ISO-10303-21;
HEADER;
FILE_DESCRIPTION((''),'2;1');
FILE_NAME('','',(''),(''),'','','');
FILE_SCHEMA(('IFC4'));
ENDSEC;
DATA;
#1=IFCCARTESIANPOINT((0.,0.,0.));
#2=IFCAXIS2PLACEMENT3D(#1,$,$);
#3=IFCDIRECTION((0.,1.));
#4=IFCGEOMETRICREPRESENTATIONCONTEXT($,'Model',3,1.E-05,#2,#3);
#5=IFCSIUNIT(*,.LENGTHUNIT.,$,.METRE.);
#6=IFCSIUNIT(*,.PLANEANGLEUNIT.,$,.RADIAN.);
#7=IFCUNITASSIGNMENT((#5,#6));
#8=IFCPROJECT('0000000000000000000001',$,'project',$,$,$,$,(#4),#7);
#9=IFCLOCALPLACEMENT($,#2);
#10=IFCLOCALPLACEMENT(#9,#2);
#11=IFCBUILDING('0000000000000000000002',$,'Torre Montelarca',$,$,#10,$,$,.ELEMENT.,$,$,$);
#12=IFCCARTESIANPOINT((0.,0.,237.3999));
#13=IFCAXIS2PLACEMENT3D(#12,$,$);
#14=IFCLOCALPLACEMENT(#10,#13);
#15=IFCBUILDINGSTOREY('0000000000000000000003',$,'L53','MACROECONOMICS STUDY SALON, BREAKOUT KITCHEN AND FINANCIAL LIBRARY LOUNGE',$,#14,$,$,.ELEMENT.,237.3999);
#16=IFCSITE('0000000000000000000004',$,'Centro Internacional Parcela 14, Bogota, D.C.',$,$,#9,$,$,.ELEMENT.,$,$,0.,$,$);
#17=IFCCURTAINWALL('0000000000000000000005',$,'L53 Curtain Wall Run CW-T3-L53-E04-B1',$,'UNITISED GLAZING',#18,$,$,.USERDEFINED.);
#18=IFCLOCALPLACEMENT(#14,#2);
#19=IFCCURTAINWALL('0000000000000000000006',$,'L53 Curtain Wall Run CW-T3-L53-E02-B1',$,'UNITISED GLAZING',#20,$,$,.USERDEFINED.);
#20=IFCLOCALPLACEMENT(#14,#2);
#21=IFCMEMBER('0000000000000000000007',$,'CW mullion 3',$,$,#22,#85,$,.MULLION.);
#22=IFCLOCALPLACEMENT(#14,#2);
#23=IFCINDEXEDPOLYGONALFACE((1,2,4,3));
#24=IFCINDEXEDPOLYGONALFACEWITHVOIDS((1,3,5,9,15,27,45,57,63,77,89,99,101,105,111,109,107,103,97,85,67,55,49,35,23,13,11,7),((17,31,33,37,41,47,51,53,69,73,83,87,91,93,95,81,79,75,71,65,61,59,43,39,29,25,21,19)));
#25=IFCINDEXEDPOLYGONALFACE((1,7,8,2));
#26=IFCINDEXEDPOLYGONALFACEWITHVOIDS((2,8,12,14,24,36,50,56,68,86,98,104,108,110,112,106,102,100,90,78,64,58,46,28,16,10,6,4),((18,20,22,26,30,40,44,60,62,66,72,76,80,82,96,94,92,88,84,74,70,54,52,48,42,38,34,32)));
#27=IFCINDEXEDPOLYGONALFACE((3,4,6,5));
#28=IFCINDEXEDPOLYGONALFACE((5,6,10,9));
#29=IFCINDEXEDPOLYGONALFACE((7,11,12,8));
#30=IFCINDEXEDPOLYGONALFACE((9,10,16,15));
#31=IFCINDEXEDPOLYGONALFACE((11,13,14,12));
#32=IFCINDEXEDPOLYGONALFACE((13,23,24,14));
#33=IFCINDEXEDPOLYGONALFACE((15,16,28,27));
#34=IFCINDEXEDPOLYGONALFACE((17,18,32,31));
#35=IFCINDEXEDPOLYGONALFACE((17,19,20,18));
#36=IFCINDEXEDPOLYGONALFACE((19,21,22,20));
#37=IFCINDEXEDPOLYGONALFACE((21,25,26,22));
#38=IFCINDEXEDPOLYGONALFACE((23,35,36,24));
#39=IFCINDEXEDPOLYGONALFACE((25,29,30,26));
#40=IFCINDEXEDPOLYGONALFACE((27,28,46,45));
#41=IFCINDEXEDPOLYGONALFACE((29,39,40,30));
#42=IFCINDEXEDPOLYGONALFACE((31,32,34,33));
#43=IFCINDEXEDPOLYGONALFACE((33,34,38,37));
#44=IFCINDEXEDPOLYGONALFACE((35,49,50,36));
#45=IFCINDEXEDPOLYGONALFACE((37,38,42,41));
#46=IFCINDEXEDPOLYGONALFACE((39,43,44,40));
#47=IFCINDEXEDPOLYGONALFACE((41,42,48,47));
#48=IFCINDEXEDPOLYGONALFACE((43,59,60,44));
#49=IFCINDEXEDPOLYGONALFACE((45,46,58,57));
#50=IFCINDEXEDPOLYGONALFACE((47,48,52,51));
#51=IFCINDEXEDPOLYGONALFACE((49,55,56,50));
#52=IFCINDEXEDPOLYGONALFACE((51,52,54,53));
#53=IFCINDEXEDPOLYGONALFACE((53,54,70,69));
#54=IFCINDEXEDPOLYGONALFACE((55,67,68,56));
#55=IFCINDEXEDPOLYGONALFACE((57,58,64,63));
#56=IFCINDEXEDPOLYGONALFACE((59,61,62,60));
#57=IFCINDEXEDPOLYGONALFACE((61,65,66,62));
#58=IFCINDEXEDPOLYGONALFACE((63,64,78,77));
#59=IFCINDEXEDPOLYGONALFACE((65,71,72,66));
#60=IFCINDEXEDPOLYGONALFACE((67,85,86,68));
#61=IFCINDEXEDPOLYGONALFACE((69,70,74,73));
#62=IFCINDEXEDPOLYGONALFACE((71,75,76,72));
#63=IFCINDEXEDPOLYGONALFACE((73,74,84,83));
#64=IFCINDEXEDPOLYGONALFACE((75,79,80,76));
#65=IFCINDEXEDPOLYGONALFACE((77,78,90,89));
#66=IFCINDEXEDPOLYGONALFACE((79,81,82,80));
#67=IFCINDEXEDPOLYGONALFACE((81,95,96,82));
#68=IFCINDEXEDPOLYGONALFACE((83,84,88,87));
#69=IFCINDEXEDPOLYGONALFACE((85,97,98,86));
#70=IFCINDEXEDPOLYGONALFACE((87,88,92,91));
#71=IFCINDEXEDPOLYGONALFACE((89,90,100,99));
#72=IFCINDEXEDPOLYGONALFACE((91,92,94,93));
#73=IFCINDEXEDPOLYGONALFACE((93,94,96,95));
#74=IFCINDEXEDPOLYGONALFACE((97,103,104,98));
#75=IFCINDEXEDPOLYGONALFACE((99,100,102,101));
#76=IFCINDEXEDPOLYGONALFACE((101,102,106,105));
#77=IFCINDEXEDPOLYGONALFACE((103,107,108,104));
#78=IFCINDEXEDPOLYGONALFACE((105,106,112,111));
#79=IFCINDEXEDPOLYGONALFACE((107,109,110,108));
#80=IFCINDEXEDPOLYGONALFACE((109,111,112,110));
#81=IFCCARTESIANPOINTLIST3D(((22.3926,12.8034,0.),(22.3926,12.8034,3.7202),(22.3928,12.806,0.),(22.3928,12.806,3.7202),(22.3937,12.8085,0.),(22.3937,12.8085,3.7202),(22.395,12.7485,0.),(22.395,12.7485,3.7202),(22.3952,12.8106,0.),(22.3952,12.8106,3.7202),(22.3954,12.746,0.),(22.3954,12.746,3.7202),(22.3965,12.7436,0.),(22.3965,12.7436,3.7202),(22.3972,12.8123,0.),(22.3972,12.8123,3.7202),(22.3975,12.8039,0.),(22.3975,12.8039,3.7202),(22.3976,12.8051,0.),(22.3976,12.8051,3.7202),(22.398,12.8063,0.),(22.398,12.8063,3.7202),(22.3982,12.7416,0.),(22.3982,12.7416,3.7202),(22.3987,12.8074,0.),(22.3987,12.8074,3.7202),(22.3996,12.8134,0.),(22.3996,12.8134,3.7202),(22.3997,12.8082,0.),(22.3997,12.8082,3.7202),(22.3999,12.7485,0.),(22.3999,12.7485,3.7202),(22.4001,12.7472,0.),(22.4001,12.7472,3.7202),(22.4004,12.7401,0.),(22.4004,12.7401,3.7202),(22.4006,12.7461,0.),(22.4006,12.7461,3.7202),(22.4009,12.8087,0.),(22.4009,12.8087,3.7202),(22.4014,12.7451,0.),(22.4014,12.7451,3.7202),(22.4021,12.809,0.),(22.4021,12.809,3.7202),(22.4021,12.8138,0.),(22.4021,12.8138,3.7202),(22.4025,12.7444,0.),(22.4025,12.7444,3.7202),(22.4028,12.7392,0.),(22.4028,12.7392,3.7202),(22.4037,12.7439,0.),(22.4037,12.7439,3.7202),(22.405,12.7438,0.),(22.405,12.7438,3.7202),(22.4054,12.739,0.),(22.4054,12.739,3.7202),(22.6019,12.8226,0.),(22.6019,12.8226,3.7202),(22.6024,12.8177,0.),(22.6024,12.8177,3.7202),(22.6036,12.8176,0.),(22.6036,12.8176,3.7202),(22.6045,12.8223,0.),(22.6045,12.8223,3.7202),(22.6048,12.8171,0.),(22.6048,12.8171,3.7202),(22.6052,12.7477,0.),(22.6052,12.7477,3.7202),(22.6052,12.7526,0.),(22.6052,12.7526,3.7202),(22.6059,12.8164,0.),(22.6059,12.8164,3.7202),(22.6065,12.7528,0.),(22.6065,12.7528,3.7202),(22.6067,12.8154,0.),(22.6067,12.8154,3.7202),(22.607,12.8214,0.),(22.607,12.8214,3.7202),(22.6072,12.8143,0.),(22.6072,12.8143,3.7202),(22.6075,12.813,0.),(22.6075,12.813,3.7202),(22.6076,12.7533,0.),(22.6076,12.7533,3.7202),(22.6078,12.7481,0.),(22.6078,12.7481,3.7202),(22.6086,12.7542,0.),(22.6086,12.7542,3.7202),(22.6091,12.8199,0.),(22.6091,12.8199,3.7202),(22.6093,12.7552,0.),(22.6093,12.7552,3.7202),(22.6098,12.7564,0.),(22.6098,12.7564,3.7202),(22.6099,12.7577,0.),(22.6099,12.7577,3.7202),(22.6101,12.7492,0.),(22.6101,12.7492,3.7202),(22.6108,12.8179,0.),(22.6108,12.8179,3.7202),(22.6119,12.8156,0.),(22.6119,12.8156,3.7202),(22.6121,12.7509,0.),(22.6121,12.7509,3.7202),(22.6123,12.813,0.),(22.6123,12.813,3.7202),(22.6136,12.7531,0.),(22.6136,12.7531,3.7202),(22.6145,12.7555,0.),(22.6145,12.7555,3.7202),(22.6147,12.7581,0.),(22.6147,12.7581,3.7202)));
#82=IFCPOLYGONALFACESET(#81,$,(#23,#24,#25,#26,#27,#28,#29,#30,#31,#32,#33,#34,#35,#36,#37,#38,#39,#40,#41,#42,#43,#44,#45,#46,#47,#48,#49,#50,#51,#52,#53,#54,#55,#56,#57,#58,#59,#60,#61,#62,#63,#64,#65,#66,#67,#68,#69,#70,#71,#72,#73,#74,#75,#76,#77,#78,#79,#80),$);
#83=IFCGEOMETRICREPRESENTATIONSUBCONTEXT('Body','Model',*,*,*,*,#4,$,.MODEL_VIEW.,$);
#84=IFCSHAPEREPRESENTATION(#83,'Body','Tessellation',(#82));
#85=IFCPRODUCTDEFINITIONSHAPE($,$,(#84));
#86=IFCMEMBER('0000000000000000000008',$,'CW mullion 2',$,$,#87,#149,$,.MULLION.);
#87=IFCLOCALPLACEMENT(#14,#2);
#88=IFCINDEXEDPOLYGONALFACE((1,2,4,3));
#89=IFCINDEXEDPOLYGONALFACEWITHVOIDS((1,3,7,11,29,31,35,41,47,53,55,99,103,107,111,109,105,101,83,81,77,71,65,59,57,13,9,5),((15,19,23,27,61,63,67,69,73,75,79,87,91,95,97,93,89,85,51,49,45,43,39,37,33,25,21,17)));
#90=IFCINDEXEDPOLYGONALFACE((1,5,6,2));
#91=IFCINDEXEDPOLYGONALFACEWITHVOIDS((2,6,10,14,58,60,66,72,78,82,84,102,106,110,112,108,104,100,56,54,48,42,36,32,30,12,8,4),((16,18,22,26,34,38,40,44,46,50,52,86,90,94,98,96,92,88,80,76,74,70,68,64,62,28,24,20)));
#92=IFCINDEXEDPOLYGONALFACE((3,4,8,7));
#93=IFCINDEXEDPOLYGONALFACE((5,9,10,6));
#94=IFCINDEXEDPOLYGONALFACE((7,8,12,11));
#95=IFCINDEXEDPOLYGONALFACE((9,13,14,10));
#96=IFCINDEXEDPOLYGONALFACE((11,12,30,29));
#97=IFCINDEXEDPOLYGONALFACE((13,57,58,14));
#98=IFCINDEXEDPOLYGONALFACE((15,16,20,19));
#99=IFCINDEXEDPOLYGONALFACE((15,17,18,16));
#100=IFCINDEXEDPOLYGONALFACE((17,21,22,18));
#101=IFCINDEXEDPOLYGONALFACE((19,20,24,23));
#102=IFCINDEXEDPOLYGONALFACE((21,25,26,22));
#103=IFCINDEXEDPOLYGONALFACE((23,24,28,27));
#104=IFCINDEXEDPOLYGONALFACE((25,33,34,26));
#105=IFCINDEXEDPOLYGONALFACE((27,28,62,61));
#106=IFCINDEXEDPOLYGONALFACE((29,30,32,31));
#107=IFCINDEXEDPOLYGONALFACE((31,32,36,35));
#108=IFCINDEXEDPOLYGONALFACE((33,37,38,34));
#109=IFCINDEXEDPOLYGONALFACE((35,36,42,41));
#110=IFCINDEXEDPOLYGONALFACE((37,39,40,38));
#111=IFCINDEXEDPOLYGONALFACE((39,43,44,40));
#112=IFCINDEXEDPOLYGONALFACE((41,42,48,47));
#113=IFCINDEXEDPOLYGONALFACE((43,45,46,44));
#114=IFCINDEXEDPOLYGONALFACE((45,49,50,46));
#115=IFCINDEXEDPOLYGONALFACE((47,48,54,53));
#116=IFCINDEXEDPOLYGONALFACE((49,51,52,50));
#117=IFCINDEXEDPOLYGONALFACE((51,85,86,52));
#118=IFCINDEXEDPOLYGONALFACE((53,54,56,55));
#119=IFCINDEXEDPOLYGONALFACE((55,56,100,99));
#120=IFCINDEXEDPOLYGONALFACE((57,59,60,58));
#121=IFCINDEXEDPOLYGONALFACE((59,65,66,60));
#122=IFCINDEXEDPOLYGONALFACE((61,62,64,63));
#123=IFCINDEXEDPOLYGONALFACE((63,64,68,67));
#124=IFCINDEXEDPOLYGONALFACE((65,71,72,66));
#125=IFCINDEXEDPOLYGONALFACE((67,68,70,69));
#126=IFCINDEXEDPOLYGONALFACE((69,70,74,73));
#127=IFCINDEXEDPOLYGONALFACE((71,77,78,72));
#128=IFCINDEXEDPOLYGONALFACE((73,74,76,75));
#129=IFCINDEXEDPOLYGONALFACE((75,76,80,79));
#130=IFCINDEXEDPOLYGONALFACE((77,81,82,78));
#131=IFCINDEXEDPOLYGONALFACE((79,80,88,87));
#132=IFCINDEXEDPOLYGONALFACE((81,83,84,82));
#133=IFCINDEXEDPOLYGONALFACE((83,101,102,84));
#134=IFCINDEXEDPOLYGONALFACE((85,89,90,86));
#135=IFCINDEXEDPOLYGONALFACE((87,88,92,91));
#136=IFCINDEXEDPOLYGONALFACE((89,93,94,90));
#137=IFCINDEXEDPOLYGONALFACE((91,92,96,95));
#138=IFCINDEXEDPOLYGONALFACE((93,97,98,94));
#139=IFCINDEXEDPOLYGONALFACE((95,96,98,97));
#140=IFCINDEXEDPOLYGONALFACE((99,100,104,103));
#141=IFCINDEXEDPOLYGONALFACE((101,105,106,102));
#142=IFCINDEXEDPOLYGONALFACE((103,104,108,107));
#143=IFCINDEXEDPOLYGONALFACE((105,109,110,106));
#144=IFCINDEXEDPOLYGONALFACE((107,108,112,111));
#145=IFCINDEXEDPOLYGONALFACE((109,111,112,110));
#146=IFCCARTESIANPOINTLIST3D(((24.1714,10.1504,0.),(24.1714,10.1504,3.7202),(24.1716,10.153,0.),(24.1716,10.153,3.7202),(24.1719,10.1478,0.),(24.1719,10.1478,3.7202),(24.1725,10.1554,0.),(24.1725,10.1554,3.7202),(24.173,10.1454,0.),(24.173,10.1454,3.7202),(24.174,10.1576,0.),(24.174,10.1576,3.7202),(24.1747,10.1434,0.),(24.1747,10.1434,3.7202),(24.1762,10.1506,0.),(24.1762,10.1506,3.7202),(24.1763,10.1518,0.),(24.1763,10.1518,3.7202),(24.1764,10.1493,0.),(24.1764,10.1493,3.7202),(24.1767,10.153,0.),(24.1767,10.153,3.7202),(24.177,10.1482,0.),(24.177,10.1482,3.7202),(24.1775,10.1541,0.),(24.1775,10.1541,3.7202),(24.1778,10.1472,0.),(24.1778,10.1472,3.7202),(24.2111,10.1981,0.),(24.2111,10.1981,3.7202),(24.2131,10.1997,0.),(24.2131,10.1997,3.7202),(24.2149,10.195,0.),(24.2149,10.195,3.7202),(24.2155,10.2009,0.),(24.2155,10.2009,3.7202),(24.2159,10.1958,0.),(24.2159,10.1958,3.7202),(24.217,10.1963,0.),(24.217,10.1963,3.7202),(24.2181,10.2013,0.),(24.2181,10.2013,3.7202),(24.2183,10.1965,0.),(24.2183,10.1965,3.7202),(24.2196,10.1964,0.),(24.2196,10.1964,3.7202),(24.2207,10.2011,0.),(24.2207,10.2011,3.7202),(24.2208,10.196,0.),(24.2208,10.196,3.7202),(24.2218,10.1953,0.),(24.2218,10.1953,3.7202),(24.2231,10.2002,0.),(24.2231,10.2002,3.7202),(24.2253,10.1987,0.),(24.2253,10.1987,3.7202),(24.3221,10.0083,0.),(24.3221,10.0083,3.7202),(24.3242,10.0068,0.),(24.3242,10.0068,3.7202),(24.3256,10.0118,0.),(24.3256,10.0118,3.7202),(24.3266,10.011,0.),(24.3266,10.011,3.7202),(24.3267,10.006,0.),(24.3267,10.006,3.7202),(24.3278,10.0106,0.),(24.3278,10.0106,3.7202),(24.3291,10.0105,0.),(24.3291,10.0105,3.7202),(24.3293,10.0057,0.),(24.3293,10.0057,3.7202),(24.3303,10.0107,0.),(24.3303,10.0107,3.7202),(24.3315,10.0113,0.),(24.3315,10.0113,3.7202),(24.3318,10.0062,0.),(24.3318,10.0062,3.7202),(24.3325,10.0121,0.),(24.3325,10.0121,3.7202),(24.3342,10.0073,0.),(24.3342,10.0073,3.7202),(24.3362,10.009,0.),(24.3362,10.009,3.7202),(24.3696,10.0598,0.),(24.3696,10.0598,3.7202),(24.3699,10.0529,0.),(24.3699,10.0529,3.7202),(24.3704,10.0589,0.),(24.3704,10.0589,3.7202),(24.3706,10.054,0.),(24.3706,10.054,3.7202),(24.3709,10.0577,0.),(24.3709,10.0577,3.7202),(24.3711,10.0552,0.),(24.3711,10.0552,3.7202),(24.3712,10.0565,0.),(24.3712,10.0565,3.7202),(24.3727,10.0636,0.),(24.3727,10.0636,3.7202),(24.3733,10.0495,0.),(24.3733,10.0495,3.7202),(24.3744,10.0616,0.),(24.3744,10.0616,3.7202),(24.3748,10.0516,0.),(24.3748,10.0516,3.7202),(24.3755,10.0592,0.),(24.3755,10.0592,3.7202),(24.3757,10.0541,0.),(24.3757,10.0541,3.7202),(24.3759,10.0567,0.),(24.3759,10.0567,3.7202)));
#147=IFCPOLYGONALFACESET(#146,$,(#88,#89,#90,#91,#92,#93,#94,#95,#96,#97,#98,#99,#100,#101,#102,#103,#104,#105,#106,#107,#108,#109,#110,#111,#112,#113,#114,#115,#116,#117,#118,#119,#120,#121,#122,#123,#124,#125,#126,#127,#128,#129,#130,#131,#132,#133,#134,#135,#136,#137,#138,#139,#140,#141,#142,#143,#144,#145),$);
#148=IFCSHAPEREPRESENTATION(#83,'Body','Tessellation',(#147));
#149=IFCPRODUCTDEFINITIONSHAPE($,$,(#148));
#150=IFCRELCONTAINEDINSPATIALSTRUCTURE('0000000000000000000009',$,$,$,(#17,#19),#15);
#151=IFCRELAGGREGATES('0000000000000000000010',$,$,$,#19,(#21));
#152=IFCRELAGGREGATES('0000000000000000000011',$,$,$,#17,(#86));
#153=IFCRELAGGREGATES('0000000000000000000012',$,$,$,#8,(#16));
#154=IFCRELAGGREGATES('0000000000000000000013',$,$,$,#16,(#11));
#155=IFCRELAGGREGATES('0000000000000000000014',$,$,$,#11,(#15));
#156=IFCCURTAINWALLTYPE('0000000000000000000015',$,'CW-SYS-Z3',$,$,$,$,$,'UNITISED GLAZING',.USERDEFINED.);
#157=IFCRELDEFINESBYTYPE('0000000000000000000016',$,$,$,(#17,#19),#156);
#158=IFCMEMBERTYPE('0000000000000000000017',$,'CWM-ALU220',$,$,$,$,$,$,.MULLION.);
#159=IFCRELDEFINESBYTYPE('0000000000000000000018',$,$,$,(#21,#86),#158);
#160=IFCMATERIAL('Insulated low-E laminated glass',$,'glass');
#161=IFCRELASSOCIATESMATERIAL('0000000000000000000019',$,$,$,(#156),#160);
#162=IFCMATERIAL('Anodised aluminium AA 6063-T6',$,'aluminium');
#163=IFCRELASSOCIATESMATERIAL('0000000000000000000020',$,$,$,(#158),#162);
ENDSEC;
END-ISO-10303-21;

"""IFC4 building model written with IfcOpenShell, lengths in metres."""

from ifc_helpers import new_model, si_unit, direction, frame, origin, origin_2d, place, context, subcontext, project, spatial, hollow_rectangle, extrude, source, transform, mapped, material, material_profile, profile_set, type_object, element, aggregate, save


model = new_model("IFC4")

# Units and contexts
model_context = context("Model", 3, precision=1e-05, world=origin(), true_north=direction((0.0, 1.0)))
body_context = subcontext(model_context, "Body", "Model", "MODEL_VIEW")
ifc_project = project(units=[si_unit("LENGTHUNIT", "METRE"), si_unit("PLANEANGLEUNIT", "RADIAN")], contexts=[model_context])

# Site, building, storey
site_placement = place(None, origin())
site = spatial("IfcSite", under=ifc_project, at=site_placement, Name="Centro Internacional Parcela 14, Bogota, D.C.", CompositionType="ELEMENT", RefElevation=0.0)
building_placement = place(site_placement, origin())
building = spatial("IfcBuilding", under=site, at=building_placement, Name="Torre Montelarca", CompositionType="ELEMENT")
storey_placement = place(building_placement, frame((0.0, 0.0, 237.3999)))
storey = spatial("IfcBuildingStorey", under=building, at=storey_placement, Name="L53", Description="MACROECONOMICS STUDY SALON, BREAKOUT KITCHEN AND FINANCIAL LIBRARY LOUNGE", CompositionType="ELEMENT", Elevation=237.3999)

# Curtain wall
ifc_material_1 = material(Name="Insulated low-E laminated glass", Category="glass")
curtain_wall_type = type_object("IfcCurtainWallType", Name="CW-SYS-Z3", ElementType="UNITISED GLAZING", PredefinedType="USERDEFINED", material=ifc_material_1)
ifc_material_2 = material(Name="Anodised aluminium AA 6063-T6", Category="aluminium")
curtain_wall_1_placement = place(storey_placement, origin())
curtain_wall_1 = element("IfcCurtainWall", 1, at=curtain_wall_1_placement, inside=storey, type_object=curtain_wall_type, Name="L53 Curtain Wall Run CW-T3-L53-E04-B1", ObjectType="UNITISED GLAZING", PredefinedType="USERDEFINED")

# Curtain wall, member
curtain_wall_2_placement = place(storey_placement, origin())
curtain_wall_2 = element("IfcCurtainWall", 2, at=curtain_wall_2_placement, inside=storey, type_object=curtain_wall_type, Name="L53 Curtain Wall Run CW-T3-L53-E02-B1", ObjectType="UNITISED GLAZING", PredefinedType="USERDEFINED")
ifc_material_profile_1 = material_profile(ifc_material_2, hollow_rectangle(XDim=0.075, YDim=0.22, WallThickness=0.0049, InnerFilletRadius=0.0049, OuterFilletRadius=0.01, at=origin_2d()), Name="ALU75X220X5", Category="aluminium")
ifc_profile_set_1 = profile_set([ifc_material_profile_1], Name="Anodised aluminium AA 6063-T6")
member_type_1 = type_object("IfcMemberType", Name="CWM-ALU220", PredefinedType="MULLION", material=ifc_profile_set_1)
shared_shape_1 = source(origin(), body_context, "Body", "SweptSolid", [
    extrude(hollow_rectangle(XDim=0.075, YDim=0.22, WallThickness=0.0049, InnerFilletRadius=0.0049, OuterFilletRadius=0.01, at=origin_2d()), origin(), (0.0, 0.0, 1.0), 3.7202),
])
member_1_placement = place(storey_placement, frame((22.5037, 12.7808, 0.0), z_axis=(0.0, 0.0, 1.0), x_axis=(-0.043625, 0.999048, 0.0)))
member_1 = element("IfcMember", 3, at=member_1_placement, type_object=member_type_1, Name="CW mullion 3", PredefinedType="MULLION", context=body_context, shape_type="MappedRepresentation", body=[
    mapped(shared_shape_1, transform((0.0, 0.0, 0.0), scale=1.0)),
])
aggregate(curtain_wall_2, [member_1])

# Member
member_2_placement = place(storey_placement, frame((24.2737, 10.1035, 0.0), z_axis=(0.0, 0.0, 1.0), x_axis=(0.675572, 0.737294, 0.0)))
member_2 = element("IfcMember", 4, at=member_2_placement, type_object=member_type_1, Name="CW mullion 2", PredefinedType="MULLION", context=body_context, shape_type="MappedRepresentation", body=[
    mapped(shared_shape_1, transform((0.0, 0.0, 0.0), scale=1.0)),
])

aggregate(curtain_wall_1, [member_2])

save(model, "model.ifc")
